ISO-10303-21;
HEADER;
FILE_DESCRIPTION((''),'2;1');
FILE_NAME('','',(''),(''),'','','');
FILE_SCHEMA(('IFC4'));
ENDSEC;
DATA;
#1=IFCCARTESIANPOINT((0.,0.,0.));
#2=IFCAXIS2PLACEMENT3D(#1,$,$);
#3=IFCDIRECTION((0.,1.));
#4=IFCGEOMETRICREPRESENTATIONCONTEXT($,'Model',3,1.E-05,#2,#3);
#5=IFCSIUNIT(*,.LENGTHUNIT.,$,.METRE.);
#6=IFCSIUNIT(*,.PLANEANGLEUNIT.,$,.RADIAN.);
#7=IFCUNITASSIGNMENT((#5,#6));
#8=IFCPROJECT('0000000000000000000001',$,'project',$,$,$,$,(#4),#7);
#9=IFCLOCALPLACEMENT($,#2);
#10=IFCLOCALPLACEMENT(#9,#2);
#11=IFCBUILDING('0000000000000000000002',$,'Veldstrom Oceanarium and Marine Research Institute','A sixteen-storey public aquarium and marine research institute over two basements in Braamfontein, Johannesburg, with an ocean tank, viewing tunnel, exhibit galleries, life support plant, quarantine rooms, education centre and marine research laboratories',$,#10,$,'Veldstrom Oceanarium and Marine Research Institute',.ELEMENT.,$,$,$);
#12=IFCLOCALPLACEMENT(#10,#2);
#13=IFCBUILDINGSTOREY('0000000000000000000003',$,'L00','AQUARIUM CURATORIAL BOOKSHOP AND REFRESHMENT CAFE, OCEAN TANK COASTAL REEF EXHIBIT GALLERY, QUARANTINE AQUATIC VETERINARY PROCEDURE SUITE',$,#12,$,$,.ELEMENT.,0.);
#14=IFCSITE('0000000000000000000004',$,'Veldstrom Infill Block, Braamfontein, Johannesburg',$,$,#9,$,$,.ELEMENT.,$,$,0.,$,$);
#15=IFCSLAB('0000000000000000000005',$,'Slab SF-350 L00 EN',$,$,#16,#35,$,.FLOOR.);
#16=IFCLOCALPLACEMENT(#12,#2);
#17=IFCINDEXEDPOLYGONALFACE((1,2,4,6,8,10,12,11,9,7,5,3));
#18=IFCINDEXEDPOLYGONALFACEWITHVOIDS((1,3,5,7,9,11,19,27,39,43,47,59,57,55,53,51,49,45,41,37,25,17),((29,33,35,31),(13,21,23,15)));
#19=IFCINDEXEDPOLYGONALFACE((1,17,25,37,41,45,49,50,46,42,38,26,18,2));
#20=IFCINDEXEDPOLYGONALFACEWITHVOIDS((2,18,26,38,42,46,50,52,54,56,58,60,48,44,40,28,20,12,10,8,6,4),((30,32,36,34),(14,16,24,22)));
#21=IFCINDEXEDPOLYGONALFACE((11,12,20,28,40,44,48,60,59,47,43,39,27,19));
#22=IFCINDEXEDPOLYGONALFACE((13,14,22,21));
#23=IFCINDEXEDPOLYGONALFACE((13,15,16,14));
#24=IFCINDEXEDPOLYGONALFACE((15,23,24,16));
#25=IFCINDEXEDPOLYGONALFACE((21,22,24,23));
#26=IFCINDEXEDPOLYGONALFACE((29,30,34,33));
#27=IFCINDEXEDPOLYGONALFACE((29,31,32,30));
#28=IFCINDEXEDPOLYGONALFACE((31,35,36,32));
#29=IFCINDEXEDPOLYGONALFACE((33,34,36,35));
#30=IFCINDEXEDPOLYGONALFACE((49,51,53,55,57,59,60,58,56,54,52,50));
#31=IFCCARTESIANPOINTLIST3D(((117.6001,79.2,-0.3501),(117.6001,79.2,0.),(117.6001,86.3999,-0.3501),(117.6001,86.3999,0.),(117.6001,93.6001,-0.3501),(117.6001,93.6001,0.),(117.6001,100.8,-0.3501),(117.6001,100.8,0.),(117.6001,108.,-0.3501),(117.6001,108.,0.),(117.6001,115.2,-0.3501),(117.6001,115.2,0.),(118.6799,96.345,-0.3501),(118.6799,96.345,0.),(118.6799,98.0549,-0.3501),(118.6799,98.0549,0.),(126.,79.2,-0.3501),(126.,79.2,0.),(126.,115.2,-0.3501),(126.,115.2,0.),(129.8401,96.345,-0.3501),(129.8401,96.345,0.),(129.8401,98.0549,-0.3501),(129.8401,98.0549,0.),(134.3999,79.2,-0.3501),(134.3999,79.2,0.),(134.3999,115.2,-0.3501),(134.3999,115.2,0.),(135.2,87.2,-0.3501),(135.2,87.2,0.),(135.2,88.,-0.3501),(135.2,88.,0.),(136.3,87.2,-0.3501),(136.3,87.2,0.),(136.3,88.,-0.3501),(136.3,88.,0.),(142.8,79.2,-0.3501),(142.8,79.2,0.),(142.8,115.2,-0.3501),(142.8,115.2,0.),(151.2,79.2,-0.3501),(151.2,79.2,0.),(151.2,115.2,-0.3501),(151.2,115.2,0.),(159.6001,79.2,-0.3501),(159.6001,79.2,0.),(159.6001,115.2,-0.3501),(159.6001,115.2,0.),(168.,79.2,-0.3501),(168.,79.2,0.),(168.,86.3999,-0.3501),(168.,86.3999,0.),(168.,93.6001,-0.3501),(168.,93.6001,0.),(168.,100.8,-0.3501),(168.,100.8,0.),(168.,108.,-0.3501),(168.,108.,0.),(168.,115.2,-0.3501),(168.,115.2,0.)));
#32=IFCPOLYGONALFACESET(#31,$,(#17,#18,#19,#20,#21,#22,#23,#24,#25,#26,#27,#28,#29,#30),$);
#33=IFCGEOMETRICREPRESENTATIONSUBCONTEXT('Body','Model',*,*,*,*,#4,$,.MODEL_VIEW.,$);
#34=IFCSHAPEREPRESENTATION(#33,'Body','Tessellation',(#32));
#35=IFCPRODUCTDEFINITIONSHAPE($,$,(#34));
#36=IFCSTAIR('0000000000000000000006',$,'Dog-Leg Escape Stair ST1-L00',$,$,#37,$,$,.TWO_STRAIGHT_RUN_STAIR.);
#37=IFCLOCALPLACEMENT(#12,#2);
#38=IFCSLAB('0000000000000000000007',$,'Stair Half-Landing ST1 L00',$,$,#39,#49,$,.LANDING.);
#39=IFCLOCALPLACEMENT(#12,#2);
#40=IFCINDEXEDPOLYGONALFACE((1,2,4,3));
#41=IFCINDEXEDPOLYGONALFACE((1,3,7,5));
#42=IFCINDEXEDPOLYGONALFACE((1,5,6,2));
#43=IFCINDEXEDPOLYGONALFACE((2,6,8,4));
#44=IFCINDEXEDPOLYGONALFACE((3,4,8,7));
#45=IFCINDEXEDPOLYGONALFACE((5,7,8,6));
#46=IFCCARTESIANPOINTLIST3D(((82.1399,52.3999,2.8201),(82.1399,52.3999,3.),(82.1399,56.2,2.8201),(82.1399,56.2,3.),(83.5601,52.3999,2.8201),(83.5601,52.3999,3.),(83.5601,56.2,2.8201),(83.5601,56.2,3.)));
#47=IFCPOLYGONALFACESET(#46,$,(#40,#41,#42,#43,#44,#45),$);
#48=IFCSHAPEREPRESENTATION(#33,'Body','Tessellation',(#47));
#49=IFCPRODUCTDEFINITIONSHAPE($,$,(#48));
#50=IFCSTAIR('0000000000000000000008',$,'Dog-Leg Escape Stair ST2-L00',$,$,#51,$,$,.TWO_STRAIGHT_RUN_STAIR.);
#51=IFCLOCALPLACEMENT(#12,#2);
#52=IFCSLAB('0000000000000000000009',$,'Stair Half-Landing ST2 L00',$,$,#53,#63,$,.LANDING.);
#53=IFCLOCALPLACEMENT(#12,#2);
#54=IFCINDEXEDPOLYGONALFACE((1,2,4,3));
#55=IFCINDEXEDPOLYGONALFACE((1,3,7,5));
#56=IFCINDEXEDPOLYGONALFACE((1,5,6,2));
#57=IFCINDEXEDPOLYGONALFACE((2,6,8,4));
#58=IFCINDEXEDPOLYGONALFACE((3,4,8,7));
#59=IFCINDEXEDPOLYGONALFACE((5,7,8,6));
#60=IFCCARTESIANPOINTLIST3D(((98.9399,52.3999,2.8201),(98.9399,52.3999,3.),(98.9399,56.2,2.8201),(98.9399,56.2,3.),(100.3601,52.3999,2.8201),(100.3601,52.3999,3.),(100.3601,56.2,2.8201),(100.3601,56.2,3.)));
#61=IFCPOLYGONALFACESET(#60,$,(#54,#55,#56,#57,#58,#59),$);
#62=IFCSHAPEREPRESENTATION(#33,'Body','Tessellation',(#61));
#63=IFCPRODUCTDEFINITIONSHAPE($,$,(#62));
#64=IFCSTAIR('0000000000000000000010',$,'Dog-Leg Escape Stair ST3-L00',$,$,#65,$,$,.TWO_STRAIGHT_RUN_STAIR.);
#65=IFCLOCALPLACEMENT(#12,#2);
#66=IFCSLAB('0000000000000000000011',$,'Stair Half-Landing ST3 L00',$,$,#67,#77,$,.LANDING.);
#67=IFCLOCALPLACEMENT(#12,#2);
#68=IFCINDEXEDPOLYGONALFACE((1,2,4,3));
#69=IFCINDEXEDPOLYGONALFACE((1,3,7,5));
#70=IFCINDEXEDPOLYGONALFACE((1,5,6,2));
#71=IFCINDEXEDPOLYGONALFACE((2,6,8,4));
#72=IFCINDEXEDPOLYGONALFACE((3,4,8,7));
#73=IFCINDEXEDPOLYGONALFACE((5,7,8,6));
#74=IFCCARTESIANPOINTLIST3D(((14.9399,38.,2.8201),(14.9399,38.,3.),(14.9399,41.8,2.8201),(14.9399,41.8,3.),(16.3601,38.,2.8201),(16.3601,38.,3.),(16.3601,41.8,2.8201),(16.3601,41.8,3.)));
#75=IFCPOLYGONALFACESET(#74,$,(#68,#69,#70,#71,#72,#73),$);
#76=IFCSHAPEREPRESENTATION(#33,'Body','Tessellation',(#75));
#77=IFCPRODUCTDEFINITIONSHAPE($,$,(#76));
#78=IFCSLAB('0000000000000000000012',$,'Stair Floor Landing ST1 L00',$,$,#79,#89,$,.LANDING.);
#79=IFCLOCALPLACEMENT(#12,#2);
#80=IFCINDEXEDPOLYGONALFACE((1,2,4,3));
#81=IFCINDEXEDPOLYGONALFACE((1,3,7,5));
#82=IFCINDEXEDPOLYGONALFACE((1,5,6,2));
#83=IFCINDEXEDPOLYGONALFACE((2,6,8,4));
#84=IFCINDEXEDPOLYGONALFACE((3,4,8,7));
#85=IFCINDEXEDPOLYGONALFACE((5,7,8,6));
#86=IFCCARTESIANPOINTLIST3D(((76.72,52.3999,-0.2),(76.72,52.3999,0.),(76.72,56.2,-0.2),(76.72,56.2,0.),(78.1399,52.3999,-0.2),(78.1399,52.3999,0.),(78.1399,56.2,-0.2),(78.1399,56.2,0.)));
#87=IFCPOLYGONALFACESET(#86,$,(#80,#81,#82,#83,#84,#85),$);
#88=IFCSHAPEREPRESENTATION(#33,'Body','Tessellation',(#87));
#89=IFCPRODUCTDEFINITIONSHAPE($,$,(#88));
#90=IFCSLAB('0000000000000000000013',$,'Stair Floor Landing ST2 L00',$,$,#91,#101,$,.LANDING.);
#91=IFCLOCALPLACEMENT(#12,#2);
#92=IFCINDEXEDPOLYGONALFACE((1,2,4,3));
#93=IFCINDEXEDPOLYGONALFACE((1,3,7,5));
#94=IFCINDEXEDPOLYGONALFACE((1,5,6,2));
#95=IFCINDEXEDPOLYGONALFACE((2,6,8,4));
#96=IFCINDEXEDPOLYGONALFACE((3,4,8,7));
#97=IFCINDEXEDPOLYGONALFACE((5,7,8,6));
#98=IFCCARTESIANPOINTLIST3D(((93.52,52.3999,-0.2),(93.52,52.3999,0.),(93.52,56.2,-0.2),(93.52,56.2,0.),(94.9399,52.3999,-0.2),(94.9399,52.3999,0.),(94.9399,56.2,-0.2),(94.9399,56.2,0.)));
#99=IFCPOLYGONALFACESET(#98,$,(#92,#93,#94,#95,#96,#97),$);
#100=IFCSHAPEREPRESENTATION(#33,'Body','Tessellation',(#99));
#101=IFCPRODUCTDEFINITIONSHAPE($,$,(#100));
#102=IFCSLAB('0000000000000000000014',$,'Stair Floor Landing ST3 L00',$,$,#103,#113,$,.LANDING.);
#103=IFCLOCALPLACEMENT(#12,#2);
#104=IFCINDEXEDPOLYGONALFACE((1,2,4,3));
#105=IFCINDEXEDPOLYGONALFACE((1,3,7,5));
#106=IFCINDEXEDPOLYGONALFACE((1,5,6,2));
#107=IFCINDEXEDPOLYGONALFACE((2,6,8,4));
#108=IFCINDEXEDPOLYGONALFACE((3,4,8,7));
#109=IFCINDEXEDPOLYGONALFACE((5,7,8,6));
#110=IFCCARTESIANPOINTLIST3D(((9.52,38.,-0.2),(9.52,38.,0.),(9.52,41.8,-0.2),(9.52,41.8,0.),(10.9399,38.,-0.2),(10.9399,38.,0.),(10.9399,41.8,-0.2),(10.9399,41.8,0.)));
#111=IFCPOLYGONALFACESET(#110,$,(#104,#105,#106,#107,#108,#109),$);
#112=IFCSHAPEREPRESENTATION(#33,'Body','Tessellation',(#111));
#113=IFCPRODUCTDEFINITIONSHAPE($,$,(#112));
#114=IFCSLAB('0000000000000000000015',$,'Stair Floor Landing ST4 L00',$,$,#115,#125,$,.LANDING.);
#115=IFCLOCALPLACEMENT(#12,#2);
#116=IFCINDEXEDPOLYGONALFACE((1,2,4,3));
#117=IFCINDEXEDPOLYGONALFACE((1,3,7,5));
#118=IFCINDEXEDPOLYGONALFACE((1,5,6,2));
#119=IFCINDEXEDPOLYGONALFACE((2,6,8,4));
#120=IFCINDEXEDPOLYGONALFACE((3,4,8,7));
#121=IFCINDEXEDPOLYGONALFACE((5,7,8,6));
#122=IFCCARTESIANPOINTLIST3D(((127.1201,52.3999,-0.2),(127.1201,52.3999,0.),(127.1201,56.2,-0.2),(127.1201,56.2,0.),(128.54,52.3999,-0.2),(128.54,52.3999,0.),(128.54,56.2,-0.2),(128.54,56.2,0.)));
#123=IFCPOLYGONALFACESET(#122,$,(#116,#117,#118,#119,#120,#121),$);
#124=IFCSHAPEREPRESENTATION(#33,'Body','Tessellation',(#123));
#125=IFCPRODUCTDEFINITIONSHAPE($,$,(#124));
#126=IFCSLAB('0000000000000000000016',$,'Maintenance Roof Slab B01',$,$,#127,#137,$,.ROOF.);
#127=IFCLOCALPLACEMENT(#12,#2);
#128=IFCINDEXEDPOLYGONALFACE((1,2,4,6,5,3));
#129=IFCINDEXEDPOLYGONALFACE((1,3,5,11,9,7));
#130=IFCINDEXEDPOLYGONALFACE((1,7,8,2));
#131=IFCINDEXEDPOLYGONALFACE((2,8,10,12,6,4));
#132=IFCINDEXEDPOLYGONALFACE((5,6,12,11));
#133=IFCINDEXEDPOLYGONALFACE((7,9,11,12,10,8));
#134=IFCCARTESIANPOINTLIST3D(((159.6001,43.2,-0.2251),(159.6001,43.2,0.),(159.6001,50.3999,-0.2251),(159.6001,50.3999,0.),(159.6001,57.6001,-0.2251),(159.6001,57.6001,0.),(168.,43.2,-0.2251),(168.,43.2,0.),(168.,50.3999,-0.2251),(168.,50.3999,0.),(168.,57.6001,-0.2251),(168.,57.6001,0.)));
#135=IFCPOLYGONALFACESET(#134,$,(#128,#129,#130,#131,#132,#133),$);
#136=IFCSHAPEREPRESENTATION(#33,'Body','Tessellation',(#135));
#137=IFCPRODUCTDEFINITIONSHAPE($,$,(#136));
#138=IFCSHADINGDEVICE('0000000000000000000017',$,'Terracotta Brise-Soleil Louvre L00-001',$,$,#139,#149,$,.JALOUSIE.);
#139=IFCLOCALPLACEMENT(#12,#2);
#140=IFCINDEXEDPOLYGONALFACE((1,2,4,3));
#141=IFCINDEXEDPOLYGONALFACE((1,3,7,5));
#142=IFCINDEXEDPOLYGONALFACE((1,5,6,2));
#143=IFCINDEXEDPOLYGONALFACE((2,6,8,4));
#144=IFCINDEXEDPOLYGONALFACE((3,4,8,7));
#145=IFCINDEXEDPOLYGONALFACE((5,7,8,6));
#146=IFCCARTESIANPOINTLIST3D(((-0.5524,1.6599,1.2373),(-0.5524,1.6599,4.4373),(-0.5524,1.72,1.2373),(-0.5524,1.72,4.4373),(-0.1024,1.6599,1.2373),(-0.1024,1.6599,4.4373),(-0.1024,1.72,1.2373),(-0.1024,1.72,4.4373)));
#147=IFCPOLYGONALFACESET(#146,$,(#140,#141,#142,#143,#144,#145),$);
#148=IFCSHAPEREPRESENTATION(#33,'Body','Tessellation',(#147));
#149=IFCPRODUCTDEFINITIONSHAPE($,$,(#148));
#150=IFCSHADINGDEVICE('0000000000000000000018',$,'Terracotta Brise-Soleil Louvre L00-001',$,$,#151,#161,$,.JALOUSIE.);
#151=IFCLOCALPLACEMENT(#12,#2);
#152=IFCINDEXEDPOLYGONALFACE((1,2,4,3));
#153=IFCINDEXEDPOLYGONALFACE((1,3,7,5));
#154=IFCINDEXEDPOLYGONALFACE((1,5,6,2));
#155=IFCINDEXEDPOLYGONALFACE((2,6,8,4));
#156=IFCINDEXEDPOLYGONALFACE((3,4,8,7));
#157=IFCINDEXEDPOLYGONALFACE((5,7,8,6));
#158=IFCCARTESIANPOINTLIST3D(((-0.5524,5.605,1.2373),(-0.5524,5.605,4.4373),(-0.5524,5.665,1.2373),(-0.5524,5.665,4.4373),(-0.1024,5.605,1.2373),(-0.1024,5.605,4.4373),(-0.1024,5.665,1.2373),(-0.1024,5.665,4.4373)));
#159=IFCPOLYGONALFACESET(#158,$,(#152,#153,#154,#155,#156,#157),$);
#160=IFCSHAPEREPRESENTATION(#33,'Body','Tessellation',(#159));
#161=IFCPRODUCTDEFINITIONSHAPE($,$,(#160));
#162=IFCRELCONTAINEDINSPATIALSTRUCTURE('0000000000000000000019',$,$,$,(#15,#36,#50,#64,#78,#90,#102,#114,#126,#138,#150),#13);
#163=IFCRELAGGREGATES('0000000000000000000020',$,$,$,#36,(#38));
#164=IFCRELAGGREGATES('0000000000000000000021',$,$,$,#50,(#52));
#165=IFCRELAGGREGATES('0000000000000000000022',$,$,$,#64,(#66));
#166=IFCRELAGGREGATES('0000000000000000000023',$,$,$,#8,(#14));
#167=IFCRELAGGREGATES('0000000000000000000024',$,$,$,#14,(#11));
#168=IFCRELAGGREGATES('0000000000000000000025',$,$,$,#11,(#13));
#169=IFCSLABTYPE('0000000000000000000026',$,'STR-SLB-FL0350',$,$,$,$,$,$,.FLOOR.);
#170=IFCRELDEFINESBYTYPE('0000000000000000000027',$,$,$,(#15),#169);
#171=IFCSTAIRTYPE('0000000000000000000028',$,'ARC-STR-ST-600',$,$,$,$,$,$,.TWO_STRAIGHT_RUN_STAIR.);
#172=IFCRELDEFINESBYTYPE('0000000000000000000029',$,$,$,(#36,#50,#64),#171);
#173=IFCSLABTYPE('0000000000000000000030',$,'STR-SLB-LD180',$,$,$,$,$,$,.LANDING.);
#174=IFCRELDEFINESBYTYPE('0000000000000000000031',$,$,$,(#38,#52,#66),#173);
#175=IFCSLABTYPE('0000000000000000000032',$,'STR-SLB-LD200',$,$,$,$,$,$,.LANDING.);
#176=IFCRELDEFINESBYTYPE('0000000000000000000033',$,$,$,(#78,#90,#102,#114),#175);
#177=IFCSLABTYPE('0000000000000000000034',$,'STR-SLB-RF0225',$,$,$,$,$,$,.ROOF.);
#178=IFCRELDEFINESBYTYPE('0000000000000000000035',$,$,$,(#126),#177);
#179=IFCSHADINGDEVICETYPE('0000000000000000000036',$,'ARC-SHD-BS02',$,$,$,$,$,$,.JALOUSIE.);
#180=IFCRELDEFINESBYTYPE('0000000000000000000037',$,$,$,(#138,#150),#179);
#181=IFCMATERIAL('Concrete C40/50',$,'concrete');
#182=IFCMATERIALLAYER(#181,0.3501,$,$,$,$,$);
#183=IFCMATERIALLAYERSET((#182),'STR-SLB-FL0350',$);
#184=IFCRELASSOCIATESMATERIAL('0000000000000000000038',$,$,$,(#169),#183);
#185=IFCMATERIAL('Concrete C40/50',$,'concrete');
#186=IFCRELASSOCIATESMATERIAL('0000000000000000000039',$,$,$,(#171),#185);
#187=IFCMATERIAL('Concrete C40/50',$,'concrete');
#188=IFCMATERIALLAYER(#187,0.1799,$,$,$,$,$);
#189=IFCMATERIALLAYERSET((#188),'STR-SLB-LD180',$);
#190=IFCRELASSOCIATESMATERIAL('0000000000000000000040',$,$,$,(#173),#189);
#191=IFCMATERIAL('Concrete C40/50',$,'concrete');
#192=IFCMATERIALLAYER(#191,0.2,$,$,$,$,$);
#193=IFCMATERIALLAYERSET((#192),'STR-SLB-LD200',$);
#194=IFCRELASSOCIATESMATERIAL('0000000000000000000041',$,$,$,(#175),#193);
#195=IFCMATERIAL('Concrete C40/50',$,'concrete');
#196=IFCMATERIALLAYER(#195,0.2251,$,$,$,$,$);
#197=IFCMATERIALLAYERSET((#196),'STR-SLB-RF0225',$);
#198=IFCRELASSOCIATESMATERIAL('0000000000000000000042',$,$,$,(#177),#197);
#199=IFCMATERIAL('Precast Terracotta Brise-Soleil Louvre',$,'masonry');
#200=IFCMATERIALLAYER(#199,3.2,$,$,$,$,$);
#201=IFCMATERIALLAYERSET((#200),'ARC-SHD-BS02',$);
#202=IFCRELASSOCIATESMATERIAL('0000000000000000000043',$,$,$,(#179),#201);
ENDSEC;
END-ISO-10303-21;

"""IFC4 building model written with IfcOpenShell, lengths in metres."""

from ifc_helpers import new_model, si_unit, direction, frame, origin, origin_2d, place, context, subcontext, project, spatial, polyline, rectangle, outline, extrude, material, layer, layer_set, type_object, element, aggregate, save


model = new_model("IFC4")

# Units and contexts
model_context = context("Model", 3, precision=1e-05, world=origin(), true_north=direction((0.0, 1.0)))
body_context = subcontext(model_context, "Body", "Model", "MODEL_VIEW")
ifc_project = project(units=[si_unit("LENGTHUNIT", "METRE"), si_unit("PLANEANGLEUNIT", "RADIAN")], contexts=[model_context])

# Site, building, storey
site_placement = place(None, origin())
site = spatial("IfcSite", under=ifc_project, at=site_placement, Name="Veldstrom Infill Block, Braamfontein, Johannesburg", CompositionType="ELEMENT", RefElevation=0.0)
building_placement = place(site_placement, origin())
building = spatial("IfcBuilding", under=site, at=building_placement, Name="Veldstrom Oceanarium and Marine Research Institute", Description="A sixteen-storey public aquarium and marine research institute over two basements in Braamfontein, Johannesburg, with an ocean tank, viewing tunnel, exhibit galleries, life support plant, quarantine rooms, education centre and marine research laboratories", LongName="Veldstrom Oceanarium and Marine Research Institute", CompositionType="ELEMENT")
storey_placement = place(building_placement, origin())
storey = spatial("IfcBuildingStorey", under=building, at=storey_placement, Name="L00", Description="AQUARIUM CURATORIAL BOOKSHOP AND REFRESHMENT CAFE, OCEAN TANK COASTAL REEF EXHIBIT GALLERY, QUARANTINE AQUATIC VETERINARY PROCEDURE SUITE", CompositionType="ELEMENT", Elevation=0.0)

# Slab
ifc_material_1 = material(Name="Concrete C40/50", Category="concrete")
ifc_layer_1 = layer(ifc_material_1, 0.3501)
ifc_layer_set_1 = layer_set([ifc_layer_1], Name="STR-SLB-FL0350")
slab_type_1 = type_object("IfcSlabType", Name="STR-SLB-FL0350", PredefinedType="FLOOR", material=ifc_layer_set_1)
slab_1_placement = place(storey_placement, frame((0.0, 0.0, -0.3501)))
element("IfcSlab", 1, at=slab_1_placement, inside=storey, type_object=slab_type_1, Name="Slab SF-350 L00 EN", PredefinedType="FLOOR", context=body_context, shape_type="SweptSolid", body=[
    extrude(outline(polyline([(117.6001, 79.2), (117.6001, 86.3999), (117.6001, 93.6001), (117.6001, 100.8), (117.6001, 108.0), (117.6001, 115.2), (126.0, 115.2), (134.3999, 115.2), (142.8, 115.2), (151.2, 115.2), (159.6001, 115.2), (168.0, 115.2), (168.0, 108.0), (168.0, 100.8), (168.0, 93.6001), (168.0, 86.3999), (168.0, 79.2), (159.6001, 79.2), (151.2, 79.2), (142.8, 79.2), (134.3999, 79.2), (126.0, 79.2), (117.6001, 79.2)]), holes=[polyline([(118.6799, 98.0549), (118.6799, 96.345), (129.8401, 96.345), (129.8401, 98.0549), (118.6799, 98.0549)]), polyline([(136.3, 88.0), (135.2, 88.0), (135.2, 87.2), (136.3, 87.2), (136.3, 88.0)])]), origin(), (0.0, 0.0, 1.0), 0.3501),
])

# Stairs, slabs
ifc_material_2 = material(Name="Concrete C40/50", Category="concrete")
stair_type = type_object("IfcStairType", Name="ARC-STR-ST-600", PredefinedType="TWO_STRAIGHT_RUN_STAIR", material=ifc_material_2)
stair_1_placement = place(storey_placement, origin())
stair_1 = element("IfcStair", 2, at=stair_1_placement, inside=storey, type_object=stair_type, Name="Dog-Leg Escape Stair ST1-L00", PredefinedType="TWO_STRAIGHT_RUN_STAIR")
ifc_material_3 = material(Name="Concrete C40/50", Category="concrete")
ifc_layer_2 = layer(ifc_material_3, 0.1799)
ifc_layer_set_2 = layer_set([ifc_layer_2], Name="STR-SLB-LD180")
slab_type_2 = type_object("IfcSlabType", Name="STR-SLB-LD180", PredefinedType="LANDING", material=ifc_layer_set_2)
slab_2_placement = place(storey_placement, frame((0.0, 0.0, 2.8201)))
slab_2 = element("IfcSlab", 3, at=slab_2_placement, type_object=slab_type_2, Name="Stair Half-Landing ST1 L00", PredefinedType="LANDING", context=body_context, shape_type="SweptSolid", body=[
    extrude(outline(polyline([(82.1399, 52.3999), (83.5601, 52.3999), (83.5601, 56.2), (82.1399, 56.2), (82.1399, 52.3999)])), origin(), (0.0, 0.0, 1.0), 0.1799),
])
aggregate(stair_1, [slab_2])
stair_2_placement = place(storey_placement, origin())
stair_2 = element("IfcStair", 4, at=stair_2_placement, inside=storey, type_object=stair_type, Name="Dog-Leg Escape Stair ST2-L00", PredefinedType="TWO_STRAIGHT_RUN_STAIR")
slab_3_placement = place(storey_placement, frame((0.0, 0.0, 2.8201)))
slab_3 = element("IfcSlab", 5, at=slab_3_placement, type_object=slab_type_2, Name="Stair Half-Landing ST2 L00", PredefinedType="LANDING", context=body_context, shape_type="SweptSolid", body=[
    extrude(outline(polyline([(98.9399, 52.3999), (100.3601, 52.3999), (100.3601, 56.2), (98.9399, 56.2), (98.9399, 52.3999)])), origin(), (0.0, 0.0, 1.0), 0.1799),
])
aggregate(stair_2, [slab_3])
stair_3_placement = place(storey_placement, origin())
stair_3 = element("IfcStair", 6, at=stair_3_placement, inside=storey, type_object=stair_type, Name="Dog-Leg Escape Stair ST3-L00", PredefinedType="TWO_STRAIGHT_RUN_STAIR")
slab_4_placement = place(storey_placement, frame((0.0, 0.0, 2.8201)))
slab_4 = element("IfcSlab", 7, at=slab_4_placement, type_object=slab_type_2, Name="Stair Half-Landing ST3 L00", PredefinedType="LANDING", context=body_context, shape_type="SweptSolid", body=[
    extrude(outline(polyline([(14.9399, 38.0), (16.3601, 38.0), (16.3601, 41.8), (14.9399, 41.8), (14.9399, 38.0)])), origin(), (0.0, 0.0, 1.0), 0.1799),
])
aggregate(stair_3, [slab_4])

# Slabs
ifc_material_4 = material(Name="Concrete C40/50", Category="concrete")
ifc_layer_3 = layer(ifc_material_4, 0.2)
ifc_layer_set_3 = layer_set([ifc_layer_3], Name="STR-SLB-LD200")
slab_type_3 = type_object("IfcSlabType", Name="STR-SLB-LD200", PredefinedType="LANDING", material=ifc_layer_set_3)
slab_5_placement = place(storey_placement, frame((0.0, 0.0, -0.2)))
element("IfcSlab", 8, at=slab_5_placement, inside=storey, type_object=slab_type_3, Name="Stair Floor Landing ST1 L00", PredefinedType="LANDING", context=body_context, shape_type="SweptSolid", body=[
    extrude(outline(polyline([(76.72, 52.3999), (78.1399, 52.3999), (78.1399, 56.2), (76.72, 56.2), (76.72, 52.3999)])), origin(), (0.0, 0.0, 1.0), 0.2),
])
slab_6_placement = place(storey_placement, frame((0.0, 0.0, -0.2)))
element("IfcSlab", 9, at=slab_6_placement, inside=storey, type_object=slab_type_3, Name="Stair Floor Landing ST2 L00", PredefinedType="LANDING", context=body_context, shape_type="SweptSolid", body=[
    extrude(outline(polyline([(93.52, 52.3999), (94.9399, 52.3999), (94.9399, 56.2), (93.52, 56.2), (93.52, 52.3999)])), origin(), (0.0, 0.0, 1.0), 0.2),
])
slab_7_placement = place(storey_placement, frame((0.0, 0.0, -0.2)))
element("IfcSlab", 10, at=slab_7_placement, inside=storey, type_object=slab_type_3, Name="Stair Floor Landing ST3 L00", PredefinedType="LANDING", context=body_context, shape_type="SweptSolid", body=[
    extrude(outline(polyline([(9.52, 38.0), (10.9399, 38.0), (10.9399, 41.8), (9.52, 41.8), (9.52, 38.0)])), origin(), (0.0, 0.0, 1.0), 0.2),
])
slab_8_placement = place(storey_placement, frame((0.0, 0.0, -0.2)))
element("IfcSlab", 11, at=slab_8_placement, inside=storey, type_object=slab_type_3, Name="Stair Floor Landing ST4 L00", PredefinedType="LANDING", context=body_context, shape_type="SweptSolid", body=[
    extrude(outline(polyline([(127.1201, 52.3999), (128.54, 52.3999), (128.54, 56.2), (127.1201, 56.2), (127.1201, 52.3999)])), origin(), (0.0, 0.0, 1.0), 0.2),
])
ifc_material_5 = material(Name="Concrete C40/50", Category="concrete")
ifc_layer_4 = layer(ifc_material_5, 0.2251)
ifc_layer_set_4 = layer_set([ifc_layer_4], Name="STR-SLB-RF0225")
slab_type_4 = type_object("IfcSlabType", Name="STR-SLB-RF0225", PredefinedType="ROOF", material=ifc_layer_set_4)
slab_9_placement = place(storey_placement, frame((0.0, 0.0, -0.2251)))
element("IfcSlab", 12, at=slab_9_placement, inside=storey, type_object=slab_type_4, Name="Maintenance Roof Slab B01", PredefinedType="ROOF", context=body_context, shape_type="SweptSolid", body=[
    extrude(outline(polyline([(168.0, 43.2), (159.6001, 43.2), (159.6001, 50.3999), (159.6001, 57.6001), (168.0, 57.6001), (168.0, 50.3999), (168.0, 43.2)])), origin(), (0.0, 0.0, 1.0), 0.2251),
])

# Shading devices
ifc_material_6 = material(Name="Precast Terracotta Brise-Soleil Louvre", Category="masonry")
ifc_layer_5 = layer(ifc_material_6, 3.2)
ifc_layer_set_5 = layer_set([ifc_layer_5], Name="ARC-SHD-BS02")
shading_device_type = type_object("IfcShadingDeviceType", Name="ARC-SHD-BS02", PredefinedType="JALOUSIE", material=ifc_layer_set_5)
for number, where, z_axis, x_axis, name in (
    (13, (-0.3274, 1.6899, 1.2373), (0.0, 0.0, 1.0), (1.0, 0.0, 0.0), "Terracotta Brise-Soleil Louvre L00-001"),
    (14, (-0.3274, 5.635, 1.2373), (0.0, 0.0, 1.0), (1.0, 0.0, 0.0), "Terracotta Brise-Soleil Louvre L00-001"),
):
    element("IfcShadingDevice", number, at=place(storey_placement, frame(where, z_axis=z_axis, x_axis=x_axis)), inside=storey, type_object=shading_device_type, Name=name, PredefinedType="JALOUSIE", context=body_context, shape_type="SweptSolid", body=[
        extrude(rectangle(XDim=0.45, YDim=0.0601, at=origin_2d()), origin(), (0.0, 0.0, 1.0), 3.2),
    ])

save(model, "model.ifc")
